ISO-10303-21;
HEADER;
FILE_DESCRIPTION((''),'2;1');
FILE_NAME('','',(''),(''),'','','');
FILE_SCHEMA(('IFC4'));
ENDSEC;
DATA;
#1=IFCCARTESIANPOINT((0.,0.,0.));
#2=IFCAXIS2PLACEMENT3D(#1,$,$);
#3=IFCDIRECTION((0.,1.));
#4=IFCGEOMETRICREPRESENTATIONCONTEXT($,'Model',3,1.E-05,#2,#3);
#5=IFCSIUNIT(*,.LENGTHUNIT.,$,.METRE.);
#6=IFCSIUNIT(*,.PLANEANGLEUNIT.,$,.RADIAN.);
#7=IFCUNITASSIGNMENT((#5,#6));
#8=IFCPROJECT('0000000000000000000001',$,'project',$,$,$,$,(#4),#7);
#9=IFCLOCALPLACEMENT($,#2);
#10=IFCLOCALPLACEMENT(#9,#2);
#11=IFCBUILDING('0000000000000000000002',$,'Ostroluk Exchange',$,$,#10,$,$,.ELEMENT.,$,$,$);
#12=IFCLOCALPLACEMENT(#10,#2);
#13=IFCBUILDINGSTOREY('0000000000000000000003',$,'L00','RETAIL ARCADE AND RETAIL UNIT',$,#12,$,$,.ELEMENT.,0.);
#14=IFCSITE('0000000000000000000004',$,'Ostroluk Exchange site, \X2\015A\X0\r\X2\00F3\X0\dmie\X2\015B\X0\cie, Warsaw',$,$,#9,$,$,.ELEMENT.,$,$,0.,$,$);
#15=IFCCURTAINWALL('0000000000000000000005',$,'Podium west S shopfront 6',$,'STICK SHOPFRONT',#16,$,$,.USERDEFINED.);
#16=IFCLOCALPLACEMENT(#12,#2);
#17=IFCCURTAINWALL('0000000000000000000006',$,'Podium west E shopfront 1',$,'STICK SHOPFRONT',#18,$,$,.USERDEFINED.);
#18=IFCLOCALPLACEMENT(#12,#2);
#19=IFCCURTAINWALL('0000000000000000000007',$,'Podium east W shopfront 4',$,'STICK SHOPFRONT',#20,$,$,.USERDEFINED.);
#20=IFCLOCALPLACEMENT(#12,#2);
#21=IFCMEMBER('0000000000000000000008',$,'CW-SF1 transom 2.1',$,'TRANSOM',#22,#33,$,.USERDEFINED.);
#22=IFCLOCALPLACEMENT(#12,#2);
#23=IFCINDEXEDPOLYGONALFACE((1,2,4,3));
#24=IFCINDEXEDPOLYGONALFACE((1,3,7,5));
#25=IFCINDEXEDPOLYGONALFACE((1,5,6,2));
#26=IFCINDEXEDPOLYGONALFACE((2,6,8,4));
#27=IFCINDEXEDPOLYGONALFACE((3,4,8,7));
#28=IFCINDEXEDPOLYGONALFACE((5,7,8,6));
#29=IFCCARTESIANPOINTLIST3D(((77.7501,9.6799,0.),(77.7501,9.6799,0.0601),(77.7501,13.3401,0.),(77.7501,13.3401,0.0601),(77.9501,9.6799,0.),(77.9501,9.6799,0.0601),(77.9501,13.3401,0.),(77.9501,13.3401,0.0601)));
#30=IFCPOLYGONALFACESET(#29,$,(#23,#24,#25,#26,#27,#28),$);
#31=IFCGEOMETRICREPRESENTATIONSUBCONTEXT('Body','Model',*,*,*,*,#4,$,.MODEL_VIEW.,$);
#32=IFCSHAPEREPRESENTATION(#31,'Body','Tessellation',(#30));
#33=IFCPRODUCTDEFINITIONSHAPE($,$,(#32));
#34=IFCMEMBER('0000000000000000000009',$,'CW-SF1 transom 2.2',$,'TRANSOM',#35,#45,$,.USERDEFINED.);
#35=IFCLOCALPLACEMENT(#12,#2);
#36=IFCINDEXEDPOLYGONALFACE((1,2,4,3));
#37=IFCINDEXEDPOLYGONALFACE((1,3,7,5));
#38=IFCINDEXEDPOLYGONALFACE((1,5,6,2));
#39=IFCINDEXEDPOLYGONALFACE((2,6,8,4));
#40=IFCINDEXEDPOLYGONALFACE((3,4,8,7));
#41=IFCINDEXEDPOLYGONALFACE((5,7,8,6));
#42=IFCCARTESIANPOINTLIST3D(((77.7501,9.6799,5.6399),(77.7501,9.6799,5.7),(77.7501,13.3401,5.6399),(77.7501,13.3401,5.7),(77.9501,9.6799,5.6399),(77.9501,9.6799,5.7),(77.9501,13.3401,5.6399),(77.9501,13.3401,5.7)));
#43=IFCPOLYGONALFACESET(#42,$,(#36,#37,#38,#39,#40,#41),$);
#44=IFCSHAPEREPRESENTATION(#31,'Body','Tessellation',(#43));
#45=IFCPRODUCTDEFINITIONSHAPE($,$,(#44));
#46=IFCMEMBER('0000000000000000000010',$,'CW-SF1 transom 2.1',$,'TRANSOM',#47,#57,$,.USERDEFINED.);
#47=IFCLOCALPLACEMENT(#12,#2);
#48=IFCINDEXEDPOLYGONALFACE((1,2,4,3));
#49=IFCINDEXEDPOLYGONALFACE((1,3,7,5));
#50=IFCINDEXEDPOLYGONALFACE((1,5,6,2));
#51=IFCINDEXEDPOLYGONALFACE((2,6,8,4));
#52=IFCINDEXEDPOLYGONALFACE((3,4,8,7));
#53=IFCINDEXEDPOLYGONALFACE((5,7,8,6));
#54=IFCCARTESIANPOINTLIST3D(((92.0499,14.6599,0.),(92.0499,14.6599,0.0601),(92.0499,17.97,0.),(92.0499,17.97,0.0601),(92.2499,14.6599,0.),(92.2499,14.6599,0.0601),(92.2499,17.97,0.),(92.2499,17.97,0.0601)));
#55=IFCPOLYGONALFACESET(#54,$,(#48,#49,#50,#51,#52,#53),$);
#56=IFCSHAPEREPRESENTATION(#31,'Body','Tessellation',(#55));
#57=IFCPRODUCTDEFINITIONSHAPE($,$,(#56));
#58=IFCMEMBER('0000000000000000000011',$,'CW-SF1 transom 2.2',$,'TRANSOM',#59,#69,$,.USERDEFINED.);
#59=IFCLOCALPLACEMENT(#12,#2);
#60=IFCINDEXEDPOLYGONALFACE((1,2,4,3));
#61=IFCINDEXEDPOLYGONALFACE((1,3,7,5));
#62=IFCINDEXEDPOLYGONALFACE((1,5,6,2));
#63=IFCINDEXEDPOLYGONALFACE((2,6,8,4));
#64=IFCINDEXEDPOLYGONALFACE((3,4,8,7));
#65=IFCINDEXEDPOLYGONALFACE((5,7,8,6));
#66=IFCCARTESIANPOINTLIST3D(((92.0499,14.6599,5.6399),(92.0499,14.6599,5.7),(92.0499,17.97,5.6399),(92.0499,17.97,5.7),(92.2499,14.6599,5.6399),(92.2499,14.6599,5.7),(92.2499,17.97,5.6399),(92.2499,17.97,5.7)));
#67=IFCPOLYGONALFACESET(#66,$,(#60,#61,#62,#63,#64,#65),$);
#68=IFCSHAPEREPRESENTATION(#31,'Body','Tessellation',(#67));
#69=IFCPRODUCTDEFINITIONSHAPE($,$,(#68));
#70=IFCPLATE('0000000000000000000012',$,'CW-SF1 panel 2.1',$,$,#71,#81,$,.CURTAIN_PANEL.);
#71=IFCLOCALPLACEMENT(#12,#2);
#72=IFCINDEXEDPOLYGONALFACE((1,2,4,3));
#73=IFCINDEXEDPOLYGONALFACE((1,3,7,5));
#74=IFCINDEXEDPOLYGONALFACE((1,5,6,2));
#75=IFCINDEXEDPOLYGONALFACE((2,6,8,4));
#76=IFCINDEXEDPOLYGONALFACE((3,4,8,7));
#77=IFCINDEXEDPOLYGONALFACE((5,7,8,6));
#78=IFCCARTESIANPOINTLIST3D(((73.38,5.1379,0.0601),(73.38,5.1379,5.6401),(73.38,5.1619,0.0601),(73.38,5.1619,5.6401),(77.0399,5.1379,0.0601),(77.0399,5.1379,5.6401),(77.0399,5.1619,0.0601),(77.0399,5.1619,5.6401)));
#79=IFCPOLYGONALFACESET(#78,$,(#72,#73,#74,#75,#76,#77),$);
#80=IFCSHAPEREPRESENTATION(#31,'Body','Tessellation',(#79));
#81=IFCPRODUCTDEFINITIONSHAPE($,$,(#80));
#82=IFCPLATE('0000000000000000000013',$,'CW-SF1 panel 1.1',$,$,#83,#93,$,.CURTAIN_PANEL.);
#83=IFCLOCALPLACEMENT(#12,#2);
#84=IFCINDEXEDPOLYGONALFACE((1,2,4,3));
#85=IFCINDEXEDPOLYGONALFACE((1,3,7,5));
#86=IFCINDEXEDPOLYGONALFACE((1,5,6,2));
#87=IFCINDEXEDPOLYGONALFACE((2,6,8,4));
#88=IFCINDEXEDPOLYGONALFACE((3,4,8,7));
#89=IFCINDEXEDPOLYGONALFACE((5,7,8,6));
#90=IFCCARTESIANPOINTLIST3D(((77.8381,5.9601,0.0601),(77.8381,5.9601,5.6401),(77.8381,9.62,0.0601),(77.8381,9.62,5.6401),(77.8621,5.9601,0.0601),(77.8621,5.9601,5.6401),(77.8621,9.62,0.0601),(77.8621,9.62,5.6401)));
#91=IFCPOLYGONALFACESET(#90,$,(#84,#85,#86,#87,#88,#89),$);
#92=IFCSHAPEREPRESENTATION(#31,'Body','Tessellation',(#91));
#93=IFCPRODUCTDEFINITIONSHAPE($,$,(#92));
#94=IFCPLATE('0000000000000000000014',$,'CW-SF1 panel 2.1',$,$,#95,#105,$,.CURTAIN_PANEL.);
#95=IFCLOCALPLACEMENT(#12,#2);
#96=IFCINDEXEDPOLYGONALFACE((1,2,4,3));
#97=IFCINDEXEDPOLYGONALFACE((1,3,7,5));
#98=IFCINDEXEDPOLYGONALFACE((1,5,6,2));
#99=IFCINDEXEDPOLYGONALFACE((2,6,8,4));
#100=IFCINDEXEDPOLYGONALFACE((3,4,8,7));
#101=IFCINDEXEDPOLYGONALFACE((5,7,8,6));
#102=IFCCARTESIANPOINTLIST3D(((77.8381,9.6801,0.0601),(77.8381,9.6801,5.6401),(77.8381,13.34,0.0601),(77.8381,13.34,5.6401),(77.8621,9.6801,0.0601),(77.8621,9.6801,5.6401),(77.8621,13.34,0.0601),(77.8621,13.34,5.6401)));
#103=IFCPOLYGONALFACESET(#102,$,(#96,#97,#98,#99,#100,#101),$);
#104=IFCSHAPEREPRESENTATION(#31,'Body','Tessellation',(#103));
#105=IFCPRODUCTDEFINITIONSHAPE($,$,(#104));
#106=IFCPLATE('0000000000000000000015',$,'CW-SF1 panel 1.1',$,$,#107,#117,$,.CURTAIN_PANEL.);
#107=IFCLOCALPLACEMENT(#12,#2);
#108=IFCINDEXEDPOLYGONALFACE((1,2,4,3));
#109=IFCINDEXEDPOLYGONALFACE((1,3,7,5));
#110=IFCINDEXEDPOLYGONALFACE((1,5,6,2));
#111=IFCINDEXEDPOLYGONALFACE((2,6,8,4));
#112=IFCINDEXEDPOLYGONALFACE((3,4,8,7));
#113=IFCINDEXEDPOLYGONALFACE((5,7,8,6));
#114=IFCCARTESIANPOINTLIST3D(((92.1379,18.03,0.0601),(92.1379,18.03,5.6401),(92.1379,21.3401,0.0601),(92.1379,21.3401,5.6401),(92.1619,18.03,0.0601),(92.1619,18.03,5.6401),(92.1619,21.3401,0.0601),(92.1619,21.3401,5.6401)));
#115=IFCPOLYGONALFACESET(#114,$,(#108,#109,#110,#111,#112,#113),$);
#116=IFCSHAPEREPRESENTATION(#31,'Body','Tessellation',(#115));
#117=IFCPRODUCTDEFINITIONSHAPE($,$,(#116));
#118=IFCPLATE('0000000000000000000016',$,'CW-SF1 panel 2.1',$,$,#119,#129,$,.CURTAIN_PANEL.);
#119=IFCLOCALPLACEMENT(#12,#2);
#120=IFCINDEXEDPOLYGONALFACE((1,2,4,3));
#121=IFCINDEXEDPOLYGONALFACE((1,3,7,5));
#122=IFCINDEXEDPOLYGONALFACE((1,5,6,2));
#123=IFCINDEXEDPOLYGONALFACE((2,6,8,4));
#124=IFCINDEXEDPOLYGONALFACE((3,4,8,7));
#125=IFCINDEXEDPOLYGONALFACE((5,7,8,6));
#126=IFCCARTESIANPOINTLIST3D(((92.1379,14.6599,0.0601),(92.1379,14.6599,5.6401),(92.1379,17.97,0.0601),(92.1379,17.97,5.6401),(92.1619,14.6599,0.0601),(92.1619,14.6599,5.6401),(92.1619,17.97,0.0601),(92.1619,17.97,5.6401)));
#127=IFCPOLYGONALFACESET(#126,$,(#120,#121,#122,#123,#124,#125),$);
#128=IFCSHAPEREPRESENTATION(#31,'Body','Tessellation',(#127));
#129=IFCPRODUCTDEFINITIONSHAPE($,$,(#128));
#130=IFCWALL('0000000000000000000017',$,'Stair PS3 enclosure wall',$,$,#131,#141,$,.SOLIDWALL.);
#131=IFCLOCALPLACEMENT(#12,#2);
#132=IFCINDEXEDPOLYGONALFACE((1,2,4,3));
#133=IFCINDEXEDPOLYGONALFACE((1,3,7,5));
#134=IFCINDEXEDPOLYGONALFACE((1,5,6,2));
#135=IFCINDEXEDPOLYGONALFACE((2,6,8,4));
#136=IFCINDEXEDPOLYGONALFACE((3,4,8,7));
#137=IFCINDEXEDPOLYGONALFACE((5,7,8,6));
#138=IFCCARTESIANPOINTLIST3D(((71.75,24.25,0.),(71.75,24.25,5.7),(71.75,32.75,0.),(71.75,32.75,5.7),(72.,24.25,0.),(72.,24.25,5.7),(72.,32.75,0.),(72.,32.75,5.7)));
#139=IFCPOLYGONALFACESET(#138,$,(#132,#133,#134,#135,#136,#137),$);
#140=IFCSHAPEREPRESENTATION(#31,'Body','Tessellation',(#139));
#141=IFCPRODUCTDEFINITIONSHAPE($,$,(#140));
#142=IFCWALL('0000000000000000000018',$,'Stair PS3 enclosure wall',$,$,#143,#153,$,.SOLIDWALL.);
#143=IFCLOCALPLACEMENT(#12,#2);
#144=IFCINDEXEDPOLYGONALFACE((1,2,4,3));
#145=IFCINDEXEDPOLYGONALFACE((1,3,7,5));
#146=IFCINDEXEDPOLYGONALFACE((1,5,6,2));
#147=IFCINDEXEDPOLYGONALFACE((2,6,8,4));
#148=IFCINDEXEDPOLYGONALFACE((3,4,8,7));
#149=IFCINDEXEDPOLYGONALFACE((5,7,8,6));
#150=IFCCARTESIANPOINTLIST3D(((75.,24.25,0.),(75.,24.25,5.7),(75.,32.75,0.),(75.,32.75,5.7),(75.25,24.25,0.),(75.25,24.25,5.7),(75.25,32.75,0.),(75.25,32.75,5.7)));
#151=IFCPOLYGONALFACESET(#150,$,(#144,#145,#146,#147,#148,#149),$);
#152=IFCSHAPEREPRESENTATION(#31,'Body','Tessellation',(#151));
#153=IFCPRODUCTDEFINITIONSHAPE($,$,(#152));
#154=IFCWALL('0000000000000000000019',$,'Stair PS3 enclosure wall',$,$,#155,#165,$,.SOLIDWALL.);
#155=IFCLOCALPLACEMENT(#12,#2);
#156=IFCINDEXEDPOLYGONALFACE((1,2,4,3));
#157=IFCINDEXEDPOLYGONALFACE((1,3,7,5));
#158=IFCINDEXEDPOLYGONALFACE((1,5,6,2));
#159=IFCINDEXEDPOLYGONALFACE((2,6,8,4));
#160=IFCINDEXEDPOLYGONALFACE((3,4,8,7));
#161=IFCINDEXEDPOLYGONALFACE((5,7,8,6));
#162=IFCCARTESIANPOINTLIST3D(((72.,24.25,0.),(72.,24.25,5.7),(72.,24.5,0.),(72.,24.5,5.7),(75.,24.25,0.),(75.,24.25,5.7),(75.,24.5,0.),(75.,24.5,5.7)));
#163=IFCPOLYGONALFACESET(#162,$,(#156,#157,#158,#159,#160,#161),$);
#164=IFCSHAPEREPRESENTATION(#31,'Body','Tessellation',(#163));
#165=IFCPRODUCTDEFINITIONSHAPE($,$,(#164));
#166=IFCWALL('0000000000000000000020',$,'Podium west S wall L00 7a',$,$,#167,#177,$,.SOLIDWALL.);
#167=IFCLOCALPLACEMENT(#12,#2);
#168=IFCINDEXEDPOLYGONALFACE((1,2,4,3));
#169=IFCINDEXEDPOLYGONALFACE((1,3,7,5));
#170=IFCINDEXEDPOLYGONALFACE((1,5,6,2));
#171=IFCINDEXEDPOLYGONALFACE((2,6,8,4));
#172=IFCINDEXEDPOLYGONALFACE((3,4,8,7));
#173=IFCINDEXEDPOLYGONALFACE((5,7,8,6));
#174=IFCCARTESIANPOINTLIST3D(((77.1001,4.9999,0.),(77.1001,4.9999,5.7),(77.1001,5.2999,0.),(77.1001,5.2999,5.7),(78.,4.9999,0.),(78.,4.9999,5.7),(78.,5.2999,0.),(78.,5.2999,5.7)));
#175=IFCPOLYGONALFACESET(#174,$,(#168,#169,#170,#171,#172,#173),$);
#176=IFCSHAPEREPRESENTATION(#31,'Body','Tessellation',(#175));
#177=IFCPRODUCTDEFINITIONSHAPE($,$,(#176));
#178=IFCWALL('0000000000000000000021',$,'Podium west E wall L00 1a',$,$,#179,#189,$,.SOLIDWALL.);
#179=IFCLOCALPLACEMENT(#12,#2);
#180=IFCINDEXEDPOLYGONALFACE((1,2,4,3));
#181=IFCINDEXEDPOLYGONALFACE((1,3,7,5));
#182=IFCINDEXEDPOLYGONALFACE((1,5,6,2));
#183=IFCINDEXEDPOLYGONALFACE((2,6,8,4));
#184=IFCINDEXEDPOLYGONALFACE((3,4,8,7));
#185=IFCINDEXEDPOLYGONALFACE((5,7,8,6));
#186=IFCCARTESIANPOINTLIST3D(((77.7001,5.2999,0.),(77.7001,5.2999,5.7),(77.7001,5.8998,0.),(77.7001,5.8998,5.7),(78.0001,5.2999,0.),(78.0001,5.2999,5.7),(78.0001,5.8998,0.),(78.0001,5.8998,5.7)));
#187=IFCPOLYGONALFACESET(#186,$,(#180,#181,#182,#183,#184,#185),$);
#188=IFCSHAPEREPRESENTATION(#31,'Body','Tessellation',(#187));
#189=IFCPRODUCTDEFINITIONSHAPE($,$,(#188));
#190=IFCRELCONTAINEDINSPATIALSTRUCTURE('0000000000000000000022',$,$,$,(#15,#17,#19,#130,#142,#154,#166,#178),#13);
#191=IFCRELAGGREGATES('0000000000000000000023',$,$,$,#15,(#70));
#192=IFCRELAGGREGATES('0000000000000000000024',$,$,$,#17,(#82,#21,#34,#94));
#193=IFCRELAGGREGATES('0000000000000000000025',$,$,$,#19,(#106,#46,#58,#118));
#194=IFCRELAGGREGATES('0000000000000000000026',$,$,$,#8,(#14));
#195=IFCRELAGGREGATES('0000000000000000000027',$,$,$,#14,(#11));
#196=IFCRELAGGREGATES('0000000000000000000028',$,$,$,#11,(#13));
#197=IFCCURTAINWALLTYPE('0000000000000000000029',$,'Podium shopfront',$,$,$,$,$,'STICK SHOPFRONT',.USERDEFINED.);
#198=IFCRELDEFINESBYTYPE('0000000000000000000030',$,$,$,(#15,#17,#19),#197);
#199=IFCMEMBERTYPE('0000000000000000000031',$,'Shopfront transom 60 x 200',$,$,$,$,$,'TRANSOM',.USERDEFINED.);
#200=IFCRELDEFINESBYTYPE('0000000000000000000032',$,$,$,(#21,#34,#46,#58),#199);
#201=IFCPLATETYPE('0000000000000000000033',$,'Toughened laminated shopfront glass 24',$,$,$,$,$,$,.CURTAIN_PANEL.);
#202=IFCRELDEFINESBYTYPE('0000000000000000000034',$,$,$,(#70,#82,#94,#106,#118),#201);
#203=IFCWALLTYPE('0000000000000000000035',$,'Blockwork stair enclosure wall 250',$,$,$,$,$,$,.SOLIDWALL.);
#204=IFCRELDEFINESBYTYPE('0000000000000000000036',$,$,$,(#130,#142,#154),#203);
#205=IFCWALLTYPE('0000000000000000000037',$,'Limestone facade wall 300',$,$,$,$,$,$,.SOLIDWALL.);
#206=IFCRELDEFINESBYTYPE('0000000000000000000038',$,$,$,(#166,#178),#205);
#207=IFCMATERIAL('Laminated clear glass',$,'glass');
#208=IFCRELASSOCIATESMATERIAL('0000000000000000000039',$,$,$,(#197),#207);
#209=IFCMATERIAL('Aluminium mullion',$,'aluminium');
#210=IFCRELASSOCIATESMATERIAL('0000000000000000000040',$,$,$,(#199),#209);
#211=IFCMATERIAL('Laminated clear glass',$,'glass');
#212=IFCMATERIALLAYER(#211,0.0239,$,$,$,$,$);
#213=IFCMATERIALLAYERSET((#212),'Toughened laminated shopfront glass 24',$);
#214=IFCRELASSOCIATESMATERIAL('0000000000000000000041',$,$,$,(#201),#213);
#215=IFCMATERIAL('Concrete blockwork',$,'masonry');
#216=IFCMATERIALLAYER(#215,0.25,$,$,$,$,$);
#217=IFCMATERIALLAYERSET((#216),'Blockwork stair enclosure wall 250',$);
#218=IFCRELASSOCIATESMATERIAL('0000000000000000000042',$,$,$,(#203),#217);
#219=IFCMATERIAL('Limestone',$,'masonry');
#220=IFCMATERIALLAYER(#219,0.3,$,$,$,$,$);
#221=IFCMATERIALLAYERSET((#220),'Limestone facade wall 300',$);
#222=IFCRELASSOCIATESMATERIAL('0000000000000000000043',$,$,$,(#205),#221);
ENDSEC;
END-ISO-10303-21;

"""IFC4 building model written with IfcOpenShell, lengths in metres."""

from ifc_helpers import new_model, si_unit, direction, frame, frame_2d, origin, origin_2d, place, context, subcontext, project, spatial, rectangle, extrude, material, layer, layer_set, material_profile, profile_set, type_object, element, aggregate, save


model = new_model("IFC4")

# Units and contexts
model_context = context("Model", 3, precision=1e-05, world=origin(), true_north=direction((0.0, 1.0)))
body_context = subcontext(model_context, "Body", "Model", "MODEL_VIEW")
ifc_project = project(units=[si_unit("LENGTHUNIT", "METRE"), si_unit("PLANEANGLEUNIT", "RADIAN")], contexts=[model_context])

# Site, building, storey
site_placement = place(None, origin())
site = spatial("IfcSite", under=ifc_project, at=site_placement, Name="Ostroluk Exchange site, Śródmieście, Warsaw", CompositionType="ELEMENT", RefElevation=0.0)
building_placement = place(site_placement, origin())
building = spatial("IfcBuilding", under=site, at=building_placement, Name="Ostroluk Exchange", CompositionType="ELEMENT")
storey_placement = place(building_placement, origin())
storey = spatial("IfcBuildingStorey", under=building, at=storey_placement, Name="L00", Description="RETAIL ARCADE AND RETAIL UNIT", CompositionType="ELEMENT", Elevation=0.0)

# Curtain walls
ifc_material_1 = material(Name="Laminated clear glass", Category="glass")
curtain_wall_type = type_object("IfcCurtainWallType", Name="Podium shopfront", ElementType="STICK SHOPFRONT", PredefinedType="USERDEFINED", material=ifc_material_1)
curtain_wall_1_placement = place(storey_placement, origin())
curtain_wall_1 = element("IfcCurtainWall", 1, at=curtain_wall_1_placement, inside=storey, type_object=curtain_wall_type, Name="Podium west S shopfront 6", ObjectType="STICK SHOPFRONT", PredefinedType="USERDEFINED")
curtain_wall_2_placement = place(storey_placement, origin())
curtain_wall_2 = element("IfcCurtainWall", 2, at=curtain_wall_2_placement, inside=storey, type_object=curtain_wall_type, Name="Podium west E shopfront 1", ObjectType="STICK SHOPFRONT", PredefinedType="USERDEFINED")
curtain_wall_3_placement = place(storey_placement, origin())
curtain_wall_3 = element("IfcCurtainWall", 3, at=curtain_wall_3_placement, inside=storey, type_object=curtain_wall_type, Name="Podium east W shopfront 4", ObjectType="STICK SHOPFRONT", PredefinedType="USERDEFINED")

# Members
ifc_material_2 = material(Name="Aluminium mullion", Category="aluminium")
ifc_material_profile_1 = material_profile(ifc_material_2, rectangle(XDim=0.2, YDim=0.0601, at=origin_2d()), Name="Shopfront transom 60 x 200")
ifc_profile_set_1 = profile_set([ifc_material_profile_1], Name="Aluminium mullion")
member_type_1 = type_object("IfcMemberType", Name="Shopfront transom 60 x 200", ElementType="TRANSOM", PredefinedType="USERDEFINED", material=ifc_profile_set_1)
member_1_placement = place(storey_placement, frame((77.8501, 9.6799, 0.03), z_axis=(0.0, 1.0, 0.0), x_axis=(-1.0, 0.0, 0.0)))
member_1 = element("IfcMember", 4, at=member_1_placement, type_object=member_type_1, Name="CW-SF1 transom 2.1", ObjectType="TRANSOM", PredefinedType="USERDEFINED", context=body_context, shape_type="SweptSolid", body=[
    extrude(rectangle(XDim=0.2, YDim=0.0601, at=origin_2d()), origin(), (0.0, 0.0, 1.0), 3.6602),
])
member_2_placement = place(storey_placement, frame((77.8501, 9.6799, 5.6699), z_axis=(0.0, 1.0, 0.0), x_axis=(-1.0, 0.0, 0.0)))
member_2 = element("IfcMember", 5, at=member_2_placement, type_object=member_type_1, Name="CW-SF1 transom 2.2", ObjectType="TRANSOM", PredefinedType="USERDEFINED", context=body_context, shape_type="SweptSolid", body=[
    extrude(rectangle(XDim=0.2, YDim=0.0601, at=origin_2d()), origin(), (0.0, 0.0, 1.0), 3.6602),
])
member_3_placement = place(storey_placement, frame((92.1499, 17.97, 0.03), z_axis=(0.0, -1.0, 0.0), x_axis=(1.0, 0.0, 0.0)))
member_3 = element("IfcMember", 6, at=member_3_placement, type_object=member_type_1, Name="CW-SF1 transom 2.1", ObjectType="TRANSOM", PredefinedType="USERDEFINED", context=body_context, shape_type="SweptSolid", body=[
    extrude(rectangle(XDim=0.2, YDim=0.0601, at=origin_2d()), origin(), (0.0, 0.0, 1.0), 3.3101),
])
member_4_placement = place(storey_placement, frame((92.1499, 17.97, 5.6699), z_axis=(0.0, -1.0, 0.0), x_axis=(1.0, 0.0, 0.0)))
member_4 = element("IfcMember", 7, at=member_4_placement, type_object=member_type_1, Name="CW-SF1 transom 2.2", ObjectType="TRANSOM", PredefinedType="USERDEFINED", context=body_context, shape_type="SweptSolid", body=[
    extrude(rectangle(XDim=0.2, YDim=0.0601, at=origin_2d()), origin(), (0.0, 0.0, 1.0), 3.3101),
])

# Plates
ifc_material_3 = material(Name="Laminated clear glass", Category="glass")
ifc_layer_1 = layer(ifc_material_3, 0.0239)
ifc_layer_set_1 = layer_set([ifc_layer_1], Name="Toughened laminated shopfront glass 24")
plate_type = type_object("IfcPlateType", Name="Toughened laminated shopfront glass 24", PredefinedType="CURTAIN_PANEL", material=ifc_layer_set_1)
plate_1_placement = place(storey_placement, frame((75.21, 5.1499, 0.0601), z_axis=(0.0, 0.0, 1.0), x_axis=(1.0, 0.0, 0.0)))
plate_1 = element("IfcPlate", 8, at=plate_1_placement, type_object=plate_type, Name="CW-SF1 panel 2.1", PredefinedType="CURTAIN_PANEL", context=body_context, shape_type="SweptSolid", body=[
    extrude(rectangle(XDim=3.6599, YDim=0.0239, at=origin_2d()), origin(), (0.0, 0.0, 1.0), 5.5801),
])
aggregate(curtain_wall_1, [plate_1])
plate_2_placement = place(storey_placement, frame((77.8501, 7.79, 0.0601), z_axis=(0.0, 0.0, 1.0), x_axis=(0.0, 1.0, 0.0)))
plate_2 = element("IfcPlate", 9, at=plate_2_placement, type_object=plate_type, Name="CW-SF1 panel 1.1", PredefinedType="CURTAIN_PANEL", context=body_context, shape_type="SweptSolid", body=[
    extrude(rectangle(XDim=3.6599, YDim=0.0239, at=origin_2d()), origin(), (0.0, 0.0, 1.0), 5.5801),
])
plate_3_placement = place(storey_placement, frame((77.8501, 11.51, 0.0601), z_axis=(0.0, 0.0, 1.0), x_axis=(0.0, 1.0, 0.0)))
plate_3 = element("IfcPlate", 10, at=plate_3_placement, type_object=plate_type, Name="CW-SF1 panel 2.1", PredefinedType="CURTAIN_PANEL", context=body_context, shape_type="SweptSolid", body=[
    extrude(rectangle(XDim=3.6599, YDim=0.0239, at=origin_2d()), origin(), (0.0, 0.0, 1.0), 5.5801),
])
aggregate(curtain_wall_2, [plate_2, member_1, member_2, plate_3])
plate_4_placement = place(storey_placement, frame((92.1499, 19.6851, 0.0601), z_axis=(0.0, 0.0, 1.0), x_axis=(0.0, -1.0, 0.0)))
plate_4 = element("IfcPlate", 11, at=plate_4_placement, type_object=plate_type, Name="CW-SF1 panel 1.1", PredefinedType="CURTAIN_PANEL", context=body_context, shape_type="SweptSolid", body=[
    extrude(rectangle(XDim=3.3101, YDim=0.0239, at=origin_2d()), origin(), (0.0, 0.0, 1.0), 5.5801),
])
plate_5_placement = place(storey_placement, frame((92.1499, 16.3149, 0.0601), z_axis=(0.0, 0.0, 1.0), x_axis=(0.0, -1.0, 0.0)))
plate_5 = element("IfcPlate", 12, at=plate_5_placement, type_object=plate_type, Name="CW-SF1 panel 2.1", PredefinedType="CURTAIN_PANEL", context=body_context, shape_type="SweptSolid", body=[
    extrude(rectangle(XDim=3.3101, YDim=0.0239, at=origin_2d()), origin(), (0.0, 0.0, 1.0), 5.5801),
])
aggregate(curtain_wall_3, [plate_4, member_3, member_4, plate_5])

# Walls
ifc_material_4 = material(Name="Concrete blockwork", Category="masonry")
ifc_layer_2 = layer(ifc_material_4, 0.25)
ifc_layer_set_2 = layer_set([ifc_layer_2], Name="Blockwork stair enclosure wall 250")
wall_type_1 = type_object("IfcWallType", Name="Blockwork stair enclosure wall 250", PredefinedType="SOLIDWALL", material=ifc_layer_set_2)
for number, where, z_axis, x_axis, name in (
    (13, (71.875, 24.25, 0.0), (0.0, 0.0, 1.0), (0.0, 1.0, 0.0), "Stair PS3 enclosure wall"),
    (14, (75.125, 24.25, 0.0), (0.0, 0.0, 1.0), (0.0, 1.0, 0.0), "Stair PS3 enclosure wall"),
):
    element("IfcWall", number, at=place(storey_placement, frame(where, z_axis=z_axis, x_axis=x_axis)), inside=storey, type_object=wall_type_1, Name=name, PredefinedType="SOLIDWALL", context=body_context, shape_type="SweptSolid", body=[
        extrude(rectangle(XDim=8.5, YDim=0.25, at=frame_2d((4.25, 0.0))), origin(), (0.0, 0.0, 1.0), 5.7),
    ])
wall_1_placement = place(storey_placement, frame((72.0, 24.375, 0.0), z_axis=(0.0, 0.0, 1.0), x_axis=(1.0, 0.0, 0.0)))
element("IfcWall", 15, at=wall_1_placement, inside=storey, type_object=wall_type_1, Name="Stair PS3 enclosure wall", PredefinedType="SOLIDWALL", context=body_context, shape_type="SweptSolid", body=[
    extrude(rectangle(XDim=3.0, YDim=0.25, at=frame_2d((1.5, 0.0))), origin(), (0.0, 0.0, 1.0), 5.7),
])
ifc_material_5 = material(Name="Limestone", Category="masonry")
ifc_layer_3 = layer(ifc_material_5, 0.3)
ifc_layer_set_3 = layer_set([ifc_layer_3], Name="Limestone facade wall 300")
wall_type_2 = type_object("IfcWallType", Name="Limestone facade wall 300", PredefinedType="SOLIDWALL", material=ifc_layer_set_3)
wall_2_placement = place(storey_placement, frame((77.1001, 5.1499, 0.0), z_axis=(0.0, 0.0, 1.0), x_axis=(1.0, 0.0, 0.0)))
element("IfcWall", 16, at=wall_2_placement, inside=storey, type_object=wall_type_2, Name="Podium west S wall L00 7a", PredefinedType="SOLIDWALL", context=body_context, shape_type="SweptSolid", body=[
    extrude(rectangle(XDim=0.8999, YDim=0.3, at=frame_2d((0.45, 0.0))), origin(), (0.0, 0.0, 1.0), 5.7),
])
wall_3_placement = place(storey_placement, frame((77.8501, 5.3, 0.0), z_axis=(0.0, 0.0, 1.0), x_axis=(0.0, 1.0, 0.0)))
element("IfcWall", 17, at=wall_3_placement, inside=storey, type_object=wall_type_2, Name="Podium west E wall L00 1a", PredefinedType="SOLIDWALL", context=body_context, shape_type="SweptSolid", body=[
    extrude(rectangle(XDim=0.5999, YDim=0.3, at=frame_2d((0.2998, 0.0))), origin(), (0.0, 0.0, 1.0), 5.7),
])

save(model, "model.ifc")
